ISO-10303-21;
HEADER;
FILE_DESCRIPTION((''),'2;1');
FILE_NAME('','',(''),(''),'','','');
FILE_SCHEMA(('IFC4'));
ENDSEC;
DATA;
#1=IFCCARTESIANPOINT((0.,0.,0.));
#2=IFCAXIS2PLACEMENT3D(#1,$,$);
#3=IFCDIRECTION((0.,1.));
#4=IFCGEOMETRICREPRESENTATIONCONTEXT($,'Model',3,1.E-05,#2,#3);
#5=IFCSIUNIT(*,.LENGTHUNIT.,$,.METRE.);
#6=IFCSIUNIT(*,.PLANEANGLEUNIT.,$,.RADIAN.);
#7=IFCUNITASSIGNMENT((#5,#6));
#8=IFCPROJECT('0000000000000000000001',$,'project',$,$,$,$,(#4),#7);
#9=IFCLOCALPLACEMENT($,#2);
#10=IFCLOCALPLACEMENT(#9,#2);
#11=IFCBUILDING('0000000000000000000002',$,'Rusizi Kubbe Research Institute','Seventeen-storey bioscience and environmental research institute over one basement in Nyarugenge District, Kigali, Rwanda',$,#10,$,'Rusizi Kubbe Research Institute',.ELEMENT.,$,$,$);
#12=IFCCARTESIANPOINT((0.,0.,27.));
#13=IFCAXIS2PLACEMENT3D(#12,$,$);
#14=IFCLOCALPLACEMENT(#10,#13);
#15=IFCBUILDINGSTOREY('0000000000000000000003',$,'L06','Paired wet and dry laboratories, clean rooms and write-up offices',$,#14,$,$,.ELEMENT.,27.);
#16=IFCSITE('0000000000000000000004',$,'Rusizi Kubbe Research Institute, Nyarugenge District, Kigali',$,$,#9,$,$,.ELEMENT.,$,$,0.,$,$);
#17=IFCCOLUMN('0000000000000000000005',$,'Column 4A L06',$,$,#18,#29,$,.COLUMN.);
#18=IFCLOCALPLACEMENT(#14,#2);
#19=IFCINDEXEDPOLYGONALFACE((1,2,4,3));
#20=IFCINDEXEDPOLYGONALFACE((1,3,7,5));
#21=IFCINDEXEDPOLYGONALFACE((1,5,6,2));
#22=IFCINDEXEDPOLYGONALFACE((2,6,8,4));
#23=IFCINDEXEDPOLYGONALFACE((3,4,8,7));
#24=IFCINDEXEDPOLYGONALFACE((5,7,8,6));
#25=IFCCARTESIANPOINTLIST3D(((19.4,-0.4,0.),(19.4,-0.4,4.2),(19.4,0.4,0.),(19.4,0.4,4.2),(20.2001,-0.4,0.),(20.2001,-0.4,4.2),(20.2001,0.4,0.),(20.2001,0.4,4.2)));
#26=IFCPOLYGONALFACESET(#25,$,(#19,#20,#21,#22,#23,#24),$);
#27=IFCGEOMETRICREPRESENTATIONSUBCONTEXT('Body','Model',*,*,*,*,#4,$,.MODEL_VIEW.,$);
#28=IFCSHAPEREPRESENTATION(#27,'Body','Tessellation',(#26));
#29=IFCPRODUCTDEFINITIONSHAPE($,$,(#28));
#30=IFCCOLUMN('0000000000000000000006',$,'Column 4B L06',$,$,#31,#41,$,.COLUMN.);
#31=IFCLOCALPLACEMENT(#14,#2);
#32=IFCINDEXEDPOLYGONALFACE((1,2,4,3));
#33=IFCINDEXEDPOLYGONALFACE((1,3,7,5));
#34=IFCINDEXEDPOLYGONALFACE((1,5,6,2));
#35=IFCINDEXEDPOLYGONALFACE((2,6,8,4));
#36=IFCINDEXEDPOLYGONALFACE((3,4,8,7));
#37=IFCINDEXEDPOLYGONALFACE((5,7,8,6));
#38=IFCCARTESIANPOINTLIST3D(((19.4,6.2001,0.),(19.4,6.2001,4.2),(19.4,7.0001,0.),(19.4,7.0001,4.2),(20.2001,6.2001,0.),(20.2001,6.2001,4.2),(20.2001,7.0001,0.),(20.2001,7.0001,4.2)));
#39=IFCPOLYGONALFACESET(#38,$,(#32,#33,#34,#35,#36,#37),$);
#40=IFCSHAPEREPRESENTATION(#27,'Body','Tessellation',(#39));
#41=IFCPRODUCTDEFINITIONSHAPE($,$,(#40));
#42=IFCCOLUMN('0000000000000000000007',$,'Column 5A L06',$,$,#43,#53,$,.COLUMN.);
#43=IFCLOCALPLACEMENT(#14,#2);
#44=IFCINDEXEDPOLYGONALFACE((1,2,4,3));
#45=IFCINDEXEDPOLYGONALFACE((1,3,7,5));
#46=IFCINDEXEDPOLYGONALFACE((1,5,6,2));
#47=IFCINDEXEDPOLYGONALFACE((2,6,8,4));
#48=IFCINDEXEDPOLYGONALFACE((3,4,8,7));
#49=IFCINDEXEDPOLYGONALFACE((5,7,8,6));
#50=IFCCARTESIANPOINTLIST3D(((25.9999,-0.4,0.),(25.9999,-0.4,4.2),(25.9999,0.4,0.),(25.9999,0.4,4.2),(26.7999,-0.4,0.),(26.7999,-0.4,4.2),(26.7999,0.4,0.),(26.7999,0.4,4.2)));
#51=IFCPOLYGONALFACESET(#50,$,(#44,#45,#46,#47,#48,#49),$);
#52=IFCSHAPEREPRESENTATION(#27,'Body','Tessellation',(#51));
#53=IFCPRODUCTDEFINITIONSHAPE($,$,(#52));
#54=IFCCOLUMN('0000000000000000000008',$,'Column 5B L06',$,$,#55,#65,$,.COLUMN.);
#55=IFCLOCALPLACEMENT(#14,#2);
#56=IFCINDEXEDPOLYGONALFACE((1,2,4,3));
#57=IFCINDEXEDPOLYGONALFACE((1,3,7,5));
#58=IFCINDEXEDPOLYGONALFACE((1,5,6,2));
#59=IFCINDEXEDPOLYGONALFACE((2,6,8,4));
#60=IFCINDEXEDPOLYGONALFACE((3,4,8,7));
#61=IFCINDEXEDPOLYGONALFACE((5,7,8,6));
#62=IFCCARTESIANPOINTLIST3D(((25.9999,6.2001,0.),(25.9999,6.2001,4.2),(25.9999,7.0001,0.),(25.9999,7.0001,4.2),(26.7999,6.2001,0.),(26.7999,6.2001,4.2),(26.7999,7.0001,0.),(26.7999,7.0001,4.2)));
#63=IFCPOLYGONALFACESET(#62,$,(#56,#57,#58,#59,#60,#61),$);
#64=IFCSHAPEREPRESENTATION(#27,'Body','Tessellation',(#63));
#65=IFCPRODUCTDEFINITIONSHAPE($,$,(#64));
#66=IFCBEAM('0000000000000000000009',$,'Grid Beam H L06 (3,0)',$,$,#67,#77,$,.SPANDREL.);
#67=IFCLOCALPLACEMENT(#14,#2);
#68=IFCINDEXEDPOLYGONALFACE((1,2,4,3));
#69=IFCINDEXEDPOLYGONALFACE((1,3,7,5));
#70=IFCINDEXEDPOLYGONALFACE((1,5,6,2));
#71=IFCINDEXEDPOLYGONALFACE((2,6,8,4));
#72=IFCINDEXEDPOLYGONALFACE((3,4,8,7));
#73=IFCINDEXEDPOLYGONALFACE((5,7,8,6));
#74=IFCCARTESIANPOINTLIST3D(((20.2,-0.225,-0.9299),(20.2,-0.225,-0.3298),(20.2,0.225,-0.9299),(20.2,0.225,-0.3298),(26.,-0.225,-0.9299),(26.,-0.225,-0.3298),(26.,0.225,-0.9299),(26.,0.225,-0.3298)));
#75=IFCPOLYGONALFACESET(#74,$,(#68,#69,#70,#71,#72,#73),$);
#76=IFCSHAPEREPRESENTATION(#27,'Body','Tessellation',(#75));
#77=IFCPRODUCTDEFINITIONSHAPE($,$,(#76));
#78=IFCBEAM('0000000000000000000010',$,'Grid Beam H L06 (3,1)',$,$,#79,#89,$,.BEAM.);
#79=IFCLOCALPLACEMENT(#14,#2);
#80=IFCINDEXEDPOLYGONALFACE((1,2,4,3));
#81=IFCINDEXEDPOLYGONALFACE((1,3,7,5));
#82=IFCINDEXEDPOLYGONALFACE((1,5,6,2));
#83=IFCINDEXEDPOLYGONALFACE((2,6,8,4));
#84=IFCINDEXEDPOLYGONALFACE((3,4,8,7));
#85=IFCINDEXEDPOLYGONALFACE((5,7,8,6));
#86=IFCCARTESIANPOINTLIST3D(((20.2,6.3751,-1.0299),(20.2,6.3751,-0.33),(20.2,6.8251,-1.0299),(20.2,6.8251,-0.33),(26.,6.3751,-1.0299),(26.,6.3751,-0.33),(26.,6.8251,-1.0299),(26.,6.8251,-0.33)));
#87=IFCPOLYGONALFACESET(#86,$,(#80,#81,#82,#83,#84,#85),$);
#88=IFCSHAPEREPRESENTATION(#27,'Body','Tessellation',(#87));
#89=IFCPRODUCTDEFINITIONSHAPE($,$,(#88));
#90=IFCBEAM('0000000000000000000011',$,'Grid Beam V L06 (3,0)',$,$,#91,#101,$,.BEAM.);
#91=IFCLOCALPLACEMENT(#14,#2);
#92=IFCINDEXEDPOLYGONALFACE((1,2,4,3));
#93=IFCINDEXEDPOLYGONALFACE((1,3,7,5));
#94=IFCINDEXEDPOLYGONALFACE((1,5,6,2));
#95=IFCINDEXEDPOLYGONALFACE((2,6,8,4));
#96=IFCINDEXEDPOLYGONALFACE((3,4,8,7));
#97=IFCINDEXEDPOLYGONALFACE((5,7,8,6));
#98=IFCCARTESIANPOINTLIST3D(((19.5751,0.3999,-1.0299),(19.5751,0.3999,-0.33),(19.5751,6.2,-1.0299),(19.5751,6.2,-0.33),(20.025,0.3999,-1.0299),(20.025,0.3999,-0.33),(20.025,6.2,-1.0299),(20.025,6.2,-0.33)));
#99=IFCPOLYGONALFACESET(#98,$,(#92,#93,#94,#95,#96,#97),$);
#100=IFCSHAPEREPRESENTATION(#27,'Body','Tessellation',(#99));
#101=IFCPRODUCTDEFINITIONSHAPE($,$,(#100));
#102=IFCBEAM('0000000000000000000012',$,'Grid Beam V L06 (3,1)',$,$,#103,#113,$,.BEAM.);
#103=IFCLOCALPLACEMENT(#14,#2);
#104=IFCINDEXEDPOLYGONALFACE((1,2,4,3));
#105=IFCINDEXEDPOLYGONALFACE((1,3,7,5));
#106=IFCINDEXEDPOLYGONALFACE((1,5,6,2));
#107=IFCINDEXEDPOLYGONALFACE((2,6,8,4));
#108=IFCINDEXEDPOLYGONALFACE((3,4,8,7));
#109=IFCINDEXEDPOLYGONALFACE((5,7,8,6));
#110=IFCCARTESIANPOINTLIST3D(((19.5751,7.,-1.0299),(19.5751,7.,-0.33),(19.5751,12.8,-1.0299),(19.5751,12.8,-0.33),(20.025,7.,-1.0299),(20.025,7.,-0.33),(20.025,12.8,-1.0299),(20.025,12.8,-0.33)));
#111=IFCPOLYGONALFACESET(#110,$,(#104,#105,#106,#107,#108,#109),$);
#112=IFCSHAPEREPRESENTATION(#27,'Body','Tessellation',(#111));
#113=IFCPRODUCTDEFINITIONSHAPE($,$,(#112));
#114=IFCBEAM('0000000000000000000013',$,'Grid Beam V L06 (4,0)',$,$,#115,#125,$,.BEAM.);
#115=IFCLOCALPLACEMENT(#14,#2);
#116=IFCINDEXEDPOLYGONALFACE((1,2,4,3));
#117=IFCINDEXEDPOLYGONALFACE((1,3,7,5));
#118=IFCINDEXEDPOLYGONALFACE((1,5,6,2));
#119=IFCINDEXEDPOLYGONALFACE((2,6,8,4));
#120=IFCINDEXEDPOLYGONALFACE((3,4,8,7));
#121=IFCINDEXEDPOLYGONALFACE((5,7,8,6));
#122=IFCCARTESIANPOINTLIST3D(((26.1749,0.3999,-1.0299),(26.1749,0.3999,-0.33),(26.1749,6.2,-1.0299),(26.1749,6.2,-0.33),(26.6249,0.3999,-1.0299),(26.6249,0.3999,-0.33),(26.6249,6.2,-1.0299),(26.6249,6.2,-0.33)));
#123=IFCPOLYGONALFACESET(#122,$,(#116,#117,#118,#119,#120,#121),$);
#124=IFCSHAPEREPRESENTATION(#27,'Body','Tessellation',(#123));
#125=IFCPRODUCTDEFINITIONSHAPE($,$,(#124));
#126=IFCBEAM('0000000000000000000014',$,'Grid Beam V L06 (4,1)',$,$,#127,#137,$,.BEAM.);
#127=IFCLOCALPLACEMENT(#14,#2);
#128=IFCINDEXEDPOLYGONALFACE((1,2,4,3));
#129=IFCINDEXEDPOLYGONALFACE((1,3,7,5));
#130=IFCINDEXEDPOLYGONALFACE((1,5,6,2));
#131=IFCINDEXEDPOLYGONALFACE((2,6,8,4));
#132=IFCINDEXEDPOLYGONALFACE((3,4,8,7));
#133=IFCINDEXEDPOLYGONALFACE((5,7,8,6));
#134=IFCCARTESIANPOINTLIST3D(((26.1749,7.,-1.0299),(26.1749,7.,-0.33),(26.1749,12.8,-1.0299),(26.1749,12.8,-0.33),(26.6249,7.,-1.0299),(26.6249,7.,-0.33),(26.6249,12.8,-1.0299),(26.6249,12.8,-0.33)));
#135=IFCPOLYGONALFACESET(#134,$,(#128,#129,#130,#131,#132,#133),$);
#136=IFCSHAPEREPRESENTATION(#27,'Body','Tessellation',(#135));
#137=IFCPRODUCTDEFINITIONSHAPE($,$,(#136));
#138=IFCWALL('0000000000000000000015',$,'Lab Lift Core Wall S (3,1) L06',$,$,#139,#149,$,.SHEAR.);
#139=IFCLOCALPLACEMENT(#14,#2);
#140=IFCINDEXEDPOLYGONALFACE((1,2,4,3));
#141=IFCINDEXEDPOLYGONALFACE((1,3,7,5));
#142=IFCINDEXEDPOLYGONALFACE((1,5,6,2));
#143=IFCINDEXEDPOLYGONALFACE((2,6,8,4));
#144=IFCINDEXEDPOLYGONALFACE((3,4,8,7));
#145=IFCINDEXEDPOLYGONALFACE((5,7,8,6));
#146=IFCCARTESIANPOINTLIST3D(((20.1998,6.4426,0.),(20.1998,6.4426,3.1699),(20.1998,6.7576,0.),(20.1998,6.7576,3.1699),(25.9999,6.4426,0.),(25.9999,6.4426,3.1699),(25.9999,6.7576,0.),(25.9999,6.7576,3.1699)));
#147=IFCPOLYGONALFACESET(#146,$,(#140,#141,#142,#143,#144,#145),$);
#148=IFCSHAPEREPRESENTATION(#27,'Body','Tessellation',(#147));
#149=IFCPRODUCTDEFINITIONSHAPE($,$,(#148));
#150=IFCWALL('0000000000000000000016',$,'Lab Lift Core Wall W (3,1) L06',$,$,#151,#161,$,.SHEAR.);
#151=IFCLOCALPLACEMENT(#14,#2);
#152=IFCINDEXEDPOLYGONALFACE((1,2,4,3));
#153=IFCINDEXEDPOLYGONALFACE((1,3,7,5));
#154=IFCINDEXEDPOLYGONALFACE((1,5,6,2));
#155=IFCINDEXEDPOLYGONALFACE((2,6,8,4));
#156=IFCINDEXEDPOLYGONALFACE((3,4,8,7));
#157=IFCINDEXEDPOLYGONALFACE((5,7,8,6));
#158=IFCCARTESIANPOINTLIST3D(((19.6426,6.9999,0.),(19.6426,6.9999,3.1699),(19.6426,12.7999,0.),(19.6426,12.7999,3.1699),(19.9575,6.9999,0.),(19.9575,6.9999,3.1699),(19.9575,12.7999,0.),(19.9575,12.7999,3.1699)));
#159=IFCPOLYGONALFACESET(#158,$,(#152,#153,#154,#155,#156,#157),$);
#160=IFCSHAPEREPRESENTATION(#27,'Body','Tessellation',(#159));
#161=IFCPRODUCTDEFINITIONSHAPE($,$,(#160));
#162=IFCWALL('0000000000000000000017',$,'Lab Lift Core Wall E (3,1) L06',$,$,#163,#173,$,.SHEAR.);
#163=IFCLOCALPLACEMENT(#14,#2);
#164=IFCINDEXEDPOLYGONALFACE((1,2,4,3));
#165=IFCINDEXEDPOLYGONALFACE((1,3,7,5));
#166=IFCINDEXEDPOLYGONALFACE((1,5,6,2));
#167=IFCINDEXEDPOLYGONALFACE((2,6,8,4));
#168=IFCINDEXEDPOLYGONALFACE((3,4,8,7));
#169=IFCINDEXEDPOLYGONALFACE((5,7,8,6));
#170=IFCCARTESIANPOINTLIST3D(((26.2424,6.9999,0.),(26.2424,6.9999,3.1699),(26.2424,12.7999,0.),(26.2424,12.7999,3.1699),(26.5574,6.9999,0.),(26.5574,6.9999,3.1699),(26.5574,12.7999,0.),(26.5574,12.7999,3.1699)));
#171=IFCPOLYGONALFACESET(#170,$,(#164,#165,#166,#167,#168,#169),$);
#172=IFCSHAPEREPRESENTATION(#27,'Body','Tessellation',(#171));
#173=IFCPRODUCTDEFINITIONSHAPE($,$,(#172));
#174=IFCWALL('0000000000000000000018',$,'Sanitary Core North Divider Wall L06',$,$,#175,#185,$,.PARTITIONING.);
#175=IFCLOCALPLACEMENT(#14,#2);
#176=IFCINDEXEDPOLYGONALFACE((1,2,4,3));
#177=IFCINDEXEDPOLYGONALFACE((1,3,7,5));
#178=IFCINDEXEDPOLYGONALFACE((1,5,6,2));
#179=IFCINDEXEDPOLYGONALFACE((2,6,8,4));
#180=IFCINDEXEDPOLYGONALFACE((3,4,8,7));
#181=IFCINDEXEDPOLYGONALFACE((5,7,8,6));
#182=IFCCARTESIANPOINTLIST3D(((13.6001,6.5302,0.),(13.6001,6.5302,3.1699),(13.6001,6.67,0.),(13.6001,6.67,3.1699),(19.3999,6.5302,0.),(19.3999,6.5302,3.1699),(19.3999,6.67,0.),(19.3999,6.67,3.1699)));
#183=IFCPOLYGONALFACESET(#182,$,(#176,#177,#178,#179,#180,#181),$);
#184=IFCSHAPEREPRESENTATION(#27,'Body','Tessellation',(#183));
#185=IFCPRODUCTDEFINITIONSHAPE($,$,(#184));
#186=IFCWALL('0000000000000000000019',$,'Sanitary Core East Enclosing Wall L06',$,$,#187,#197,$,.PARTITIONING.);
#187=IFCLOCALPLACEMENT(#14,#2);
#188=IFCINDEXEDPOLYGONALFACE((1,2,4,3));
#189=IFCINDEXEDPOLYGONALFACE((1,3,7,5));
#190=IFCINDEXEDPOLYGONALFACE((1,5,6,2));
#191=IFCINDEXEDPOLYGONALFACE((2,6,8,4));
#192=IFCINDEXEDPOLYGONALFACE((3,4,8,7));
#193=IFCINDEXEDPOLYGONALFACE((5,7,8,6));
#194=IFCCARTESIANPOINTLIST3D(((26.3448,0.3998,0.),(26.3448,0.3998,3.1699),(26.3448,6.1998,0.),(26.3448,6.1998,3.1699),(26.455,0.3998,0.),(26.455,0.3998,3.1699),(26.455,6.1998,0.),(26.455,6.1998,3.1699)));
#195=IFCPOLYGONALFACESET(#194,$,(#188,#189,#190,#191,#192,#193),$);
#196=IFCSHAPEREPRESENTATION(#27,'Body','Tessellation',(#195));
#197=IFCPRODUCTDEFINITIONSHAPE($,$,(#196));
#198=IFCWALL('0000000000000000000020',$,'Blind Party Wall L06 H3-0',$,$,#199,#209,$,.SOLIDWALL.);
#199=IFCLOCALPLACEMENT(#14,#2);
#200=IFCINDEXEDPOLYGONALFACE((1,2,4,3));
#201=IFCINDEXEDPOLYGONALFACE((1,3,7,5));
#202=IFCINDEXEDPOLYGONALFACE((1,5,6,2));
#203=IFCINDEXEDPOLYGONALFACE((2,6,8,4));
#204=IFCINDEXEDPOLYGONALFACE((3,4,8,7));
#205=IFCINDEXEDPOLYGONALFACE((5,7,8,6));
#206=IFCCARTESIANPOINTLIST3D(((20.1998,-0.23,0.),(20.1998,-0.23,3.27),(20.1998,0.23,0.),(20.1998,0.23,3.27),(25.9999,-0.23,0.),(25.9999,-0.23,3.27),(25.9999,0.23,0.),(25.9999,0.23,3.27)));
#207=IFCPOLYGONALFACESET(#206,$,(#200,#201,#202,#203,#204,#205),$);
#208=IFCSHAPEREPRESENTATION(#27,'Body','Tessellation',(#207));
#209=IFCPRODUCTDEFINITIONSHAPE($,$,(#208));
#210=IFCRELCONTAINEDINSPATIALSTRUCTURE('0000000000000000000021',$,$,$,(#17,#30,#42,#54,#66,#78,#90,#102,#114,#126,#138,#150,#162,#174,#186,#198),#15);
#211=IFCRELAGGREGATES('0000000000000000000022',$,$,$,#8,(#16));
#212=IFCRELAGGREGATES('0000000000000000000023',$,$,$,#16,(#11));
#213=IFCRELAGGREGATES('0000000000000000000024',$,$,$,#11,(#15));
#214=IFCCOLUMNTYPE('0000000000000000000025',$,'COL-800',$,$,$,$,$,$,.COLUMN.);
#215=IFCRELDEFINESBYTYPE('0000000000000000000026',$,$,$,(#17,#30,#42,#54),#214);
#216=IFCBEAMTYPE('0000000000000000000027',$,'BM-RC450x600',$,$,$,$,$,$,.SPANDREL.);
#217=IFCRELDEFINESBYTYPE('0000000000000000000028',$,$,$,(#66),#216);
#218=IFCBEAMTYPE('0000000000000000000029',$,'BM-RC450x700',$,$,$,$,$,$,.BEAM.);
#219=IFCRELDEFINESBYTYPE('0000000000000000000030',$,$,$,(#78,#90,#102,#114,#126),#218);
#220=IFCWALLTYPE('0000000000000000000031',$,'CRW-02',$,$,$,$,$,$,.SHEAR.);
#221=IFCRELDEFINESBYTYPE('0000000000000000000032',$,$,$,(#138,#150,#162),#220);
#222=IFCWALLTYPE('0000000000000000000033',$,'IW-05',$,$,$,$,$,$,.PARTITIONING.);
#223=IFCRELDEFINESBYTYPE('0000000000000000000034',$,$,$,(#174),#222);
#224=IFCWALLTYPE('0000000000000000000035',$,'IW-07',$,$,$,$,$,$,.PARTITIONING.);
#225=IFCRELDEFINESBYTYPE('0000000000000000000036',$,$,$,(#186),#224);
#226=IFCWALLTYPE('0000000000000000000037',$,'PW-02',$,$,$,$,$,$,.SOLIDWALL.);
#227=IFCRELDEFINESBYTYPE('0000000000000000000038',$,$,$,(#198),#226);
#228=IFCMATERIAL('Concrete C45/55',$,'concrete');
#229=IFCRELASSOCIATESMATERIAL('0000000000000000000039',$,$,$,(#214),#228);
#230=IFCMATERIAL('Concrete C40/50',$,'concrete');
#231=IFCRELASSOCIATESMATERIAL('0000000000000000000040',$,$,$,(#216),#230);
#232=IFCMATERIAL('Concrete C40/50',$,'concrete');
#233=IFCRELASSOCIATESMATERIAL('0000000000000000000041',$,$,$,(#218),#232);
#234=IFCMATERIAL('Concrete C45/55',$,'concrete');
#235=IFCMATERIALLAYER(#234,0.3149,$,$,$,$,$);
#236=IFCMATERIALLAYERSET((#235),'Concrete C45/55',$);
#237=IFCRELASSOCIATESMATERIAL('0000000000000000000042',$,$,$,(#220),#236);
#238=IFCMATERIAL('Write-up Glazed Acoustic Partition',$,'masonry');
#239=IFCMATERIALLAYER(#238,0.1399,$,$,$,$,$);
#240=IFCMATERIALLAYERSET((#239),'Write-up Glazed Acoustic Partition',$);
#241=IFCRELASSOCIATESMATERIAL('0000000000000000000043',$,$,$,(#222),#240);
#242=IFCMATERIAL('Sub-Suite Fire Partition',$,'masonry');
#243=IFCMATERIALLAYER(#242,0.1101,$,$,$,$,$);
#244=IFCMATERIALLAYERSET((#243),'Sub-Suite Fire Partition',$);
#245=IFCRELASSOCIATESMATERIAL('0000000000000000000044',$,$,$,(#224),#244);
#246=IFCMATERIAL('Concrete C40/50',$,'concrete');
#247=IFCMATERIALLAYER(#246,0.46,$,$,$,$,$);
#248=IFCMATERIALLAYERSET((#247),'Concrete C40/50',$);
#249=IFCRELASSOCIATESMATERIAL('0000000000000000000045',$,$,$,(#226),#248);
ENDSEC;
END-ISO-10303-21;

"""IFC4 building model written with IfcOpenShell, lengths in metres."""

from ifc_helpers import new_model, si_unit, direction, frame, frame_2d, origin, origin_2d, place, context, subcontext, project, spatial, rectangle, extrude, material, layer, layer_set, material_profile, profile_set, type_object, element, save


model = new_model("IFC4")

# Units and contexts
model_context = context("Model", 3, precision=1e-05, world=origin(), true_north=direction((0.0, 1.0)))
body_context = subcontext(model_context, "Body", "Model", "MODEL_VIEW")
ifc_project = project(units=[si_unit("LENGTHUNIT", "METRE"), si_unit("PLANEANGLEUNIT", "RADIAN")], contexts=[model_context])

# Site, building, storey
site_placement = place(None, origin())
site = spatial("IfcSite", under=ifc_project, at=site_placement, Name="Rusizi Kubbe Research Institute, Nyarugenge District, Kigali", CompositionType="ELEMENT", RefElevation=0.0)
building_placement = place(site_placement, origin())
building = spatial("IfcBuilding", under=site, at=building_placement, Name="Rusizi Kubbe Research Institute", Description="Seventeen-storey bioscience and environmental research institute over one basement in Nyarugenge District, Kigali, Rwanda", LongName="Rusizi Kubbe Research Institute", CompositionType="ELEMENT")
storey_placement = place(building_placement, frame((0.0, 0.0, 27.0)))
storey = spatial("IfcBuildingStorey", under=building, at=storey_placement, Name="L06", Description="Paired wet and dry laboratories, clean rooms and write-up offices", CompositionType="ELEMENT", Elevation=27.0)

# Columns
ifc_material_1 = material(Name="Concrete C45/55", Category="concrete")
ifc_material_profile_1 = material_profile(ifc_material_1, rectangle(XDim=0.8, YDim=0.8, at=origin_2d()), Name="RC800x800")
ifc_profile_set_1 = profile_set([ifc_material_profile_1], Name="Concrete C45/55")
column_type = type_object("IfcColumnType", Name="COL-800", PredefinedType="COLUMN", material=ifc_profile_set_1)
for number, where, z_axis, x_axis, name in (
    (1, (19.8, 0.0, 0.0), (0.0, 0.0, 1.0), (1.0, 0.0, 0.0), "Column 4A L06"),
    (2, (19.8, 6.6001, 0.0), (0.0, 0.0, 1.0), (1.0, 0.0, 0.0), "Column 4B L06"),
    (3, (26.3999, 0.0, 0.0), (0.0, 0.0, 1.0), (1.0, 0.0, 0.0), "Column 5A L06"),
    (4, (26.3999, 6.6001, 0.0), (0.0, 0.0, 1.0), (1.0, 0.0, 0.0), "Column 5B L06"),
):
    element("IfcColumn", number, at=place(storey_placement, frame(where, z_axis=z_axis, x_axis=x_axis)), inside=storey, type_object=column_type, Name=name, PredefinedType="COLUMN", context=body_context, shape_type="SweptSolid", body=[
        extrude(rectangle(XDim=0.8, YDim=0.8, at=origin_2d()), origin(), (0.0, 0.0, 1.0), 4.2),
    ])

# Beams
ifc_material_2 = material(Name="Concrete C40/50", Category="concrete")
ifc_material_profile_2 = material_profile(ifc_material_2, rectangle(XDim=0.45, YDim=0.6001, at=origin_2d()), Name="RC450x600")
ifc_profile_set_2 = profile_set([ifc_material_profile_2], Name="Concrete C40/50")
beam_type_1 = type_object("IfcBeamType", Name="BM-RC450x600", PredefinedType="SPANDREL", material=ifc_profile_set_2)
beam_placement = place(storey_placement, frame((20.2, 0.0, -0.6299), z_axis=(1.0, 0.0, 0.0), x_axis=(0.0, 1.0, 0.0)))
element("IfcBeam", 5, at=beam_placement, inside=storey, type_object=beam_type_1, Name="Grid Beam H L06 (3,0)", PredefinedType="SPANDREL", context=body_context, shape_type="SweptSolid", body=[
    extrude(rectangle(XDim=0.45, YDim=0.6001, at=origin_2d()), origin(), (0.0, 0.0, 1.0), 5.8),
])
ifc_material_3 = material(Name="Concrete C40/50", Category="concrete")
ifc_material_profile_3 = material_profile(ifc_material_3, rectangle(XDim=0.45, YDim=0.7, at=origin_2d()), Name="RC450x700B")
ifc_profile_set_3 = profile_set([ifc_material_profile_3], Name="Concrete C40/50")
beam_type_2 = type_object("IfcBeamType", Name="BM-RC450x700", PredefinedType="BEAM", material=ifc_profile_set_3)
for number, where, z_axis, x_axis, name in (
    (6, (20.2, 6.6001, -0.6799), (1.0, 0.0, 0.0), (0.0, 1.0, 0.0), "Grid Beam H L06 (3,1)"),
    (7, (19.8, 0.3999, -0.6799), (0.0, 1.0, 0.0), (-1.0, 0.0, 0.0), "Grid Beam V L06 (3,0)"),
    (8, (19.8, 7.0, -0.6799), (0.0, 1.0, 0.0), (-1.0, 0.0, 0.0), "Grid Beam V L06 (3,1)"),
    (9, (26.3999, 0.3999, -0.6799), (0.0, 1.0, 0.0), (-1.0, 0.0, 0.0), "Grid Beam V L06 (4,0)"),
    (10, (26.3999, 7.0, -0.6799), (0.0, 1.0, 0.0), (-1.0, 0.0, 0.0), "Grid Beam V L06 (4,1)"),
):
    element("IfcBeam", number, at=place(storey_placement, frame(where, z_axis=z_axis, x_axis=x_axis)), inside=storey, type_object=beam_type_2, Name=name, PredefinedType="BEAM", context=body_context, shape_type="SweptSolid", body=[
        extrude(rectangle(XDim=0.45, YDim=0.7, at=origin_2d()), origin(), (0.0, 0.0, 1.0), 5.8),
    ])

# Walls
ifc_material_4 = material(Name="Concrete C45/55", Category="concrete")
ifc_layer_1 = layer(ifc_material_4, 0.3149)
ifc_layer_set_1 = layer_set([ifc_layer_1], Name="Concrete C45/55")
wall_type_1 = type_object("IfcWallType", Name="CRW-02", PredefinedType="SHEAR", material=ifc_layer_set_1)
for number, where, z_axis, x_axis, name in (
    (11, (20.2, 6.6001, 0.0), (0.0, 0.0, 1.0), (1.0, 0.0, 0.0), "Lab Lift Core Wall S (3,1) L06"),
    (12, (19.8, 7.0, 0.0), (0.0, 0.0, 1.0), (0.0, 1.0, 0.0), "Lab Lift Core Wall W (3,1) L06"),
    (13, (26.3999, 7.0, 0.0), (0.0, 0.0, 1.0), (0.0, 1.0, 0.0), "Lab Lift Core Wall E (3,1) L06"),
):
    element("IfcWall", number, at=place(storey_placement, frame(where, z_axis=z_axis, x_axis=x_axis)), inside=storey, type_object=wall_type_1, Name=name, PredefinedType="SHEAR", context=body_context, shape_type="SweptSolid", body=[
        extrude(rectangle(XDim=5.8, YDim=0.3149, at=frame_2d((2.8999, 0.0))), origin(), (0.0, 0.0, 1.0), 3.1699),
    ])

# Walls
ifc_material_5 = material(Name="Write-up Glazed Acoustic Partition", Category="masonry")
ifc_layer_2 = layer(ifc_material_5, 0.1399)
ifc_layer_set_2 = layer_set([ifc_layer_2], Name="Write-up Glazed Acoustic Partition")
wall_type_2 = type_object("IfcWallType", Name="IW-05", PredefinedType="PARTITIONING", material=ifc_layer_set_2)
wall_1_placement = place(storey_placement, frame((13.6001, 6.6001, 0.0), z_axis=(0.0, 0.0, 1.0), x_axis=(1.0, 0.0, 0.0)))
element("IfcWall", 14, at=wall_1_placement, inside=storey, type_object=wall_type_2, Name="Sanitary Core North Divider Wall L06", PredefinedType="PARTITIONING", context=body_context, shape_type="SweptSolid", body=[
    extrude(rectangle(XDim=5.7998, YDim=0.1399, at=frame_2d((2.8999, 0.0))), origin(), (0.0, 0.0, 1.0), 3.1699),
])
ifc_material_6 = material(Name="Sub-Suite Fire Partition", Category="masonry")
ifc_layer_3 = layer(ifc_material_6, 0.1101)
ifc_layer_set_3 = layer_set([ifc_layer_3], Name="Sub-Suite Fire Partition")
wall_type_3 = type_object("IfcWallType", Name="IW-07", PredefinedType="PARTITIONING", material=ifc_layer_set_3)
wall_2_placement = place(storey_placement, frame((26.3999, 0.3999, 0.0), z_axis=(0.0, 0.0, 1.0), x_axis=(0.0, 1.0, 0.0)))
element("IfcWall", 15, at=wall_2_placement, inside=storey, type_object=wall_type_3, Name="Sanitary Core East Enclosing Wall L06", PredefinedType="PARTITIONING", context=body_context, shape_type="SweptSolid", body=[
    extrude(rectangle(XDim=5.8, YDim=0.1101, at=frame_2d((2.8999, 0.0))), origin(), (0.0, 0.0, 1.0), 3.1699),
])
ifc_material_7 = material(Name="Concrete C40/50", Category="concrete")
ifc_layer_4 = layer(ifc_material_7, 0.46)
ifc_layer_set_4 = layer_set([ifc_layer_4], Name="Concrete C40/50")
wall_type_4 = type_object("IfcWallType", Name="PW-02", PredefinedType="SOLIDWALL", material=ifc_layer_set_4)
wall_3_placement = place(storey_placement, frame((20.2, 0.0, 0.0), z_axis=(0.0, 0.0, 1.0), x_axis=(1.0, 0.0, 0.0)))
element("IfcWall", 16, at=wall_3_placement, inside=storey, type_object=wall_type_4, Name="Blind Party Wall L06 H3-0", PredefinedType="SOLIDWALL", context=body_context, shape_type="SweptSolid", body=[
    extrude(rectangle(XDim=5.8, YDim=0.46, at=frame_2d((2.8999, 0.0))), origin(), (0.0, 0.0, 1.0), 3.27),
])

save(model, "model.ifc")
